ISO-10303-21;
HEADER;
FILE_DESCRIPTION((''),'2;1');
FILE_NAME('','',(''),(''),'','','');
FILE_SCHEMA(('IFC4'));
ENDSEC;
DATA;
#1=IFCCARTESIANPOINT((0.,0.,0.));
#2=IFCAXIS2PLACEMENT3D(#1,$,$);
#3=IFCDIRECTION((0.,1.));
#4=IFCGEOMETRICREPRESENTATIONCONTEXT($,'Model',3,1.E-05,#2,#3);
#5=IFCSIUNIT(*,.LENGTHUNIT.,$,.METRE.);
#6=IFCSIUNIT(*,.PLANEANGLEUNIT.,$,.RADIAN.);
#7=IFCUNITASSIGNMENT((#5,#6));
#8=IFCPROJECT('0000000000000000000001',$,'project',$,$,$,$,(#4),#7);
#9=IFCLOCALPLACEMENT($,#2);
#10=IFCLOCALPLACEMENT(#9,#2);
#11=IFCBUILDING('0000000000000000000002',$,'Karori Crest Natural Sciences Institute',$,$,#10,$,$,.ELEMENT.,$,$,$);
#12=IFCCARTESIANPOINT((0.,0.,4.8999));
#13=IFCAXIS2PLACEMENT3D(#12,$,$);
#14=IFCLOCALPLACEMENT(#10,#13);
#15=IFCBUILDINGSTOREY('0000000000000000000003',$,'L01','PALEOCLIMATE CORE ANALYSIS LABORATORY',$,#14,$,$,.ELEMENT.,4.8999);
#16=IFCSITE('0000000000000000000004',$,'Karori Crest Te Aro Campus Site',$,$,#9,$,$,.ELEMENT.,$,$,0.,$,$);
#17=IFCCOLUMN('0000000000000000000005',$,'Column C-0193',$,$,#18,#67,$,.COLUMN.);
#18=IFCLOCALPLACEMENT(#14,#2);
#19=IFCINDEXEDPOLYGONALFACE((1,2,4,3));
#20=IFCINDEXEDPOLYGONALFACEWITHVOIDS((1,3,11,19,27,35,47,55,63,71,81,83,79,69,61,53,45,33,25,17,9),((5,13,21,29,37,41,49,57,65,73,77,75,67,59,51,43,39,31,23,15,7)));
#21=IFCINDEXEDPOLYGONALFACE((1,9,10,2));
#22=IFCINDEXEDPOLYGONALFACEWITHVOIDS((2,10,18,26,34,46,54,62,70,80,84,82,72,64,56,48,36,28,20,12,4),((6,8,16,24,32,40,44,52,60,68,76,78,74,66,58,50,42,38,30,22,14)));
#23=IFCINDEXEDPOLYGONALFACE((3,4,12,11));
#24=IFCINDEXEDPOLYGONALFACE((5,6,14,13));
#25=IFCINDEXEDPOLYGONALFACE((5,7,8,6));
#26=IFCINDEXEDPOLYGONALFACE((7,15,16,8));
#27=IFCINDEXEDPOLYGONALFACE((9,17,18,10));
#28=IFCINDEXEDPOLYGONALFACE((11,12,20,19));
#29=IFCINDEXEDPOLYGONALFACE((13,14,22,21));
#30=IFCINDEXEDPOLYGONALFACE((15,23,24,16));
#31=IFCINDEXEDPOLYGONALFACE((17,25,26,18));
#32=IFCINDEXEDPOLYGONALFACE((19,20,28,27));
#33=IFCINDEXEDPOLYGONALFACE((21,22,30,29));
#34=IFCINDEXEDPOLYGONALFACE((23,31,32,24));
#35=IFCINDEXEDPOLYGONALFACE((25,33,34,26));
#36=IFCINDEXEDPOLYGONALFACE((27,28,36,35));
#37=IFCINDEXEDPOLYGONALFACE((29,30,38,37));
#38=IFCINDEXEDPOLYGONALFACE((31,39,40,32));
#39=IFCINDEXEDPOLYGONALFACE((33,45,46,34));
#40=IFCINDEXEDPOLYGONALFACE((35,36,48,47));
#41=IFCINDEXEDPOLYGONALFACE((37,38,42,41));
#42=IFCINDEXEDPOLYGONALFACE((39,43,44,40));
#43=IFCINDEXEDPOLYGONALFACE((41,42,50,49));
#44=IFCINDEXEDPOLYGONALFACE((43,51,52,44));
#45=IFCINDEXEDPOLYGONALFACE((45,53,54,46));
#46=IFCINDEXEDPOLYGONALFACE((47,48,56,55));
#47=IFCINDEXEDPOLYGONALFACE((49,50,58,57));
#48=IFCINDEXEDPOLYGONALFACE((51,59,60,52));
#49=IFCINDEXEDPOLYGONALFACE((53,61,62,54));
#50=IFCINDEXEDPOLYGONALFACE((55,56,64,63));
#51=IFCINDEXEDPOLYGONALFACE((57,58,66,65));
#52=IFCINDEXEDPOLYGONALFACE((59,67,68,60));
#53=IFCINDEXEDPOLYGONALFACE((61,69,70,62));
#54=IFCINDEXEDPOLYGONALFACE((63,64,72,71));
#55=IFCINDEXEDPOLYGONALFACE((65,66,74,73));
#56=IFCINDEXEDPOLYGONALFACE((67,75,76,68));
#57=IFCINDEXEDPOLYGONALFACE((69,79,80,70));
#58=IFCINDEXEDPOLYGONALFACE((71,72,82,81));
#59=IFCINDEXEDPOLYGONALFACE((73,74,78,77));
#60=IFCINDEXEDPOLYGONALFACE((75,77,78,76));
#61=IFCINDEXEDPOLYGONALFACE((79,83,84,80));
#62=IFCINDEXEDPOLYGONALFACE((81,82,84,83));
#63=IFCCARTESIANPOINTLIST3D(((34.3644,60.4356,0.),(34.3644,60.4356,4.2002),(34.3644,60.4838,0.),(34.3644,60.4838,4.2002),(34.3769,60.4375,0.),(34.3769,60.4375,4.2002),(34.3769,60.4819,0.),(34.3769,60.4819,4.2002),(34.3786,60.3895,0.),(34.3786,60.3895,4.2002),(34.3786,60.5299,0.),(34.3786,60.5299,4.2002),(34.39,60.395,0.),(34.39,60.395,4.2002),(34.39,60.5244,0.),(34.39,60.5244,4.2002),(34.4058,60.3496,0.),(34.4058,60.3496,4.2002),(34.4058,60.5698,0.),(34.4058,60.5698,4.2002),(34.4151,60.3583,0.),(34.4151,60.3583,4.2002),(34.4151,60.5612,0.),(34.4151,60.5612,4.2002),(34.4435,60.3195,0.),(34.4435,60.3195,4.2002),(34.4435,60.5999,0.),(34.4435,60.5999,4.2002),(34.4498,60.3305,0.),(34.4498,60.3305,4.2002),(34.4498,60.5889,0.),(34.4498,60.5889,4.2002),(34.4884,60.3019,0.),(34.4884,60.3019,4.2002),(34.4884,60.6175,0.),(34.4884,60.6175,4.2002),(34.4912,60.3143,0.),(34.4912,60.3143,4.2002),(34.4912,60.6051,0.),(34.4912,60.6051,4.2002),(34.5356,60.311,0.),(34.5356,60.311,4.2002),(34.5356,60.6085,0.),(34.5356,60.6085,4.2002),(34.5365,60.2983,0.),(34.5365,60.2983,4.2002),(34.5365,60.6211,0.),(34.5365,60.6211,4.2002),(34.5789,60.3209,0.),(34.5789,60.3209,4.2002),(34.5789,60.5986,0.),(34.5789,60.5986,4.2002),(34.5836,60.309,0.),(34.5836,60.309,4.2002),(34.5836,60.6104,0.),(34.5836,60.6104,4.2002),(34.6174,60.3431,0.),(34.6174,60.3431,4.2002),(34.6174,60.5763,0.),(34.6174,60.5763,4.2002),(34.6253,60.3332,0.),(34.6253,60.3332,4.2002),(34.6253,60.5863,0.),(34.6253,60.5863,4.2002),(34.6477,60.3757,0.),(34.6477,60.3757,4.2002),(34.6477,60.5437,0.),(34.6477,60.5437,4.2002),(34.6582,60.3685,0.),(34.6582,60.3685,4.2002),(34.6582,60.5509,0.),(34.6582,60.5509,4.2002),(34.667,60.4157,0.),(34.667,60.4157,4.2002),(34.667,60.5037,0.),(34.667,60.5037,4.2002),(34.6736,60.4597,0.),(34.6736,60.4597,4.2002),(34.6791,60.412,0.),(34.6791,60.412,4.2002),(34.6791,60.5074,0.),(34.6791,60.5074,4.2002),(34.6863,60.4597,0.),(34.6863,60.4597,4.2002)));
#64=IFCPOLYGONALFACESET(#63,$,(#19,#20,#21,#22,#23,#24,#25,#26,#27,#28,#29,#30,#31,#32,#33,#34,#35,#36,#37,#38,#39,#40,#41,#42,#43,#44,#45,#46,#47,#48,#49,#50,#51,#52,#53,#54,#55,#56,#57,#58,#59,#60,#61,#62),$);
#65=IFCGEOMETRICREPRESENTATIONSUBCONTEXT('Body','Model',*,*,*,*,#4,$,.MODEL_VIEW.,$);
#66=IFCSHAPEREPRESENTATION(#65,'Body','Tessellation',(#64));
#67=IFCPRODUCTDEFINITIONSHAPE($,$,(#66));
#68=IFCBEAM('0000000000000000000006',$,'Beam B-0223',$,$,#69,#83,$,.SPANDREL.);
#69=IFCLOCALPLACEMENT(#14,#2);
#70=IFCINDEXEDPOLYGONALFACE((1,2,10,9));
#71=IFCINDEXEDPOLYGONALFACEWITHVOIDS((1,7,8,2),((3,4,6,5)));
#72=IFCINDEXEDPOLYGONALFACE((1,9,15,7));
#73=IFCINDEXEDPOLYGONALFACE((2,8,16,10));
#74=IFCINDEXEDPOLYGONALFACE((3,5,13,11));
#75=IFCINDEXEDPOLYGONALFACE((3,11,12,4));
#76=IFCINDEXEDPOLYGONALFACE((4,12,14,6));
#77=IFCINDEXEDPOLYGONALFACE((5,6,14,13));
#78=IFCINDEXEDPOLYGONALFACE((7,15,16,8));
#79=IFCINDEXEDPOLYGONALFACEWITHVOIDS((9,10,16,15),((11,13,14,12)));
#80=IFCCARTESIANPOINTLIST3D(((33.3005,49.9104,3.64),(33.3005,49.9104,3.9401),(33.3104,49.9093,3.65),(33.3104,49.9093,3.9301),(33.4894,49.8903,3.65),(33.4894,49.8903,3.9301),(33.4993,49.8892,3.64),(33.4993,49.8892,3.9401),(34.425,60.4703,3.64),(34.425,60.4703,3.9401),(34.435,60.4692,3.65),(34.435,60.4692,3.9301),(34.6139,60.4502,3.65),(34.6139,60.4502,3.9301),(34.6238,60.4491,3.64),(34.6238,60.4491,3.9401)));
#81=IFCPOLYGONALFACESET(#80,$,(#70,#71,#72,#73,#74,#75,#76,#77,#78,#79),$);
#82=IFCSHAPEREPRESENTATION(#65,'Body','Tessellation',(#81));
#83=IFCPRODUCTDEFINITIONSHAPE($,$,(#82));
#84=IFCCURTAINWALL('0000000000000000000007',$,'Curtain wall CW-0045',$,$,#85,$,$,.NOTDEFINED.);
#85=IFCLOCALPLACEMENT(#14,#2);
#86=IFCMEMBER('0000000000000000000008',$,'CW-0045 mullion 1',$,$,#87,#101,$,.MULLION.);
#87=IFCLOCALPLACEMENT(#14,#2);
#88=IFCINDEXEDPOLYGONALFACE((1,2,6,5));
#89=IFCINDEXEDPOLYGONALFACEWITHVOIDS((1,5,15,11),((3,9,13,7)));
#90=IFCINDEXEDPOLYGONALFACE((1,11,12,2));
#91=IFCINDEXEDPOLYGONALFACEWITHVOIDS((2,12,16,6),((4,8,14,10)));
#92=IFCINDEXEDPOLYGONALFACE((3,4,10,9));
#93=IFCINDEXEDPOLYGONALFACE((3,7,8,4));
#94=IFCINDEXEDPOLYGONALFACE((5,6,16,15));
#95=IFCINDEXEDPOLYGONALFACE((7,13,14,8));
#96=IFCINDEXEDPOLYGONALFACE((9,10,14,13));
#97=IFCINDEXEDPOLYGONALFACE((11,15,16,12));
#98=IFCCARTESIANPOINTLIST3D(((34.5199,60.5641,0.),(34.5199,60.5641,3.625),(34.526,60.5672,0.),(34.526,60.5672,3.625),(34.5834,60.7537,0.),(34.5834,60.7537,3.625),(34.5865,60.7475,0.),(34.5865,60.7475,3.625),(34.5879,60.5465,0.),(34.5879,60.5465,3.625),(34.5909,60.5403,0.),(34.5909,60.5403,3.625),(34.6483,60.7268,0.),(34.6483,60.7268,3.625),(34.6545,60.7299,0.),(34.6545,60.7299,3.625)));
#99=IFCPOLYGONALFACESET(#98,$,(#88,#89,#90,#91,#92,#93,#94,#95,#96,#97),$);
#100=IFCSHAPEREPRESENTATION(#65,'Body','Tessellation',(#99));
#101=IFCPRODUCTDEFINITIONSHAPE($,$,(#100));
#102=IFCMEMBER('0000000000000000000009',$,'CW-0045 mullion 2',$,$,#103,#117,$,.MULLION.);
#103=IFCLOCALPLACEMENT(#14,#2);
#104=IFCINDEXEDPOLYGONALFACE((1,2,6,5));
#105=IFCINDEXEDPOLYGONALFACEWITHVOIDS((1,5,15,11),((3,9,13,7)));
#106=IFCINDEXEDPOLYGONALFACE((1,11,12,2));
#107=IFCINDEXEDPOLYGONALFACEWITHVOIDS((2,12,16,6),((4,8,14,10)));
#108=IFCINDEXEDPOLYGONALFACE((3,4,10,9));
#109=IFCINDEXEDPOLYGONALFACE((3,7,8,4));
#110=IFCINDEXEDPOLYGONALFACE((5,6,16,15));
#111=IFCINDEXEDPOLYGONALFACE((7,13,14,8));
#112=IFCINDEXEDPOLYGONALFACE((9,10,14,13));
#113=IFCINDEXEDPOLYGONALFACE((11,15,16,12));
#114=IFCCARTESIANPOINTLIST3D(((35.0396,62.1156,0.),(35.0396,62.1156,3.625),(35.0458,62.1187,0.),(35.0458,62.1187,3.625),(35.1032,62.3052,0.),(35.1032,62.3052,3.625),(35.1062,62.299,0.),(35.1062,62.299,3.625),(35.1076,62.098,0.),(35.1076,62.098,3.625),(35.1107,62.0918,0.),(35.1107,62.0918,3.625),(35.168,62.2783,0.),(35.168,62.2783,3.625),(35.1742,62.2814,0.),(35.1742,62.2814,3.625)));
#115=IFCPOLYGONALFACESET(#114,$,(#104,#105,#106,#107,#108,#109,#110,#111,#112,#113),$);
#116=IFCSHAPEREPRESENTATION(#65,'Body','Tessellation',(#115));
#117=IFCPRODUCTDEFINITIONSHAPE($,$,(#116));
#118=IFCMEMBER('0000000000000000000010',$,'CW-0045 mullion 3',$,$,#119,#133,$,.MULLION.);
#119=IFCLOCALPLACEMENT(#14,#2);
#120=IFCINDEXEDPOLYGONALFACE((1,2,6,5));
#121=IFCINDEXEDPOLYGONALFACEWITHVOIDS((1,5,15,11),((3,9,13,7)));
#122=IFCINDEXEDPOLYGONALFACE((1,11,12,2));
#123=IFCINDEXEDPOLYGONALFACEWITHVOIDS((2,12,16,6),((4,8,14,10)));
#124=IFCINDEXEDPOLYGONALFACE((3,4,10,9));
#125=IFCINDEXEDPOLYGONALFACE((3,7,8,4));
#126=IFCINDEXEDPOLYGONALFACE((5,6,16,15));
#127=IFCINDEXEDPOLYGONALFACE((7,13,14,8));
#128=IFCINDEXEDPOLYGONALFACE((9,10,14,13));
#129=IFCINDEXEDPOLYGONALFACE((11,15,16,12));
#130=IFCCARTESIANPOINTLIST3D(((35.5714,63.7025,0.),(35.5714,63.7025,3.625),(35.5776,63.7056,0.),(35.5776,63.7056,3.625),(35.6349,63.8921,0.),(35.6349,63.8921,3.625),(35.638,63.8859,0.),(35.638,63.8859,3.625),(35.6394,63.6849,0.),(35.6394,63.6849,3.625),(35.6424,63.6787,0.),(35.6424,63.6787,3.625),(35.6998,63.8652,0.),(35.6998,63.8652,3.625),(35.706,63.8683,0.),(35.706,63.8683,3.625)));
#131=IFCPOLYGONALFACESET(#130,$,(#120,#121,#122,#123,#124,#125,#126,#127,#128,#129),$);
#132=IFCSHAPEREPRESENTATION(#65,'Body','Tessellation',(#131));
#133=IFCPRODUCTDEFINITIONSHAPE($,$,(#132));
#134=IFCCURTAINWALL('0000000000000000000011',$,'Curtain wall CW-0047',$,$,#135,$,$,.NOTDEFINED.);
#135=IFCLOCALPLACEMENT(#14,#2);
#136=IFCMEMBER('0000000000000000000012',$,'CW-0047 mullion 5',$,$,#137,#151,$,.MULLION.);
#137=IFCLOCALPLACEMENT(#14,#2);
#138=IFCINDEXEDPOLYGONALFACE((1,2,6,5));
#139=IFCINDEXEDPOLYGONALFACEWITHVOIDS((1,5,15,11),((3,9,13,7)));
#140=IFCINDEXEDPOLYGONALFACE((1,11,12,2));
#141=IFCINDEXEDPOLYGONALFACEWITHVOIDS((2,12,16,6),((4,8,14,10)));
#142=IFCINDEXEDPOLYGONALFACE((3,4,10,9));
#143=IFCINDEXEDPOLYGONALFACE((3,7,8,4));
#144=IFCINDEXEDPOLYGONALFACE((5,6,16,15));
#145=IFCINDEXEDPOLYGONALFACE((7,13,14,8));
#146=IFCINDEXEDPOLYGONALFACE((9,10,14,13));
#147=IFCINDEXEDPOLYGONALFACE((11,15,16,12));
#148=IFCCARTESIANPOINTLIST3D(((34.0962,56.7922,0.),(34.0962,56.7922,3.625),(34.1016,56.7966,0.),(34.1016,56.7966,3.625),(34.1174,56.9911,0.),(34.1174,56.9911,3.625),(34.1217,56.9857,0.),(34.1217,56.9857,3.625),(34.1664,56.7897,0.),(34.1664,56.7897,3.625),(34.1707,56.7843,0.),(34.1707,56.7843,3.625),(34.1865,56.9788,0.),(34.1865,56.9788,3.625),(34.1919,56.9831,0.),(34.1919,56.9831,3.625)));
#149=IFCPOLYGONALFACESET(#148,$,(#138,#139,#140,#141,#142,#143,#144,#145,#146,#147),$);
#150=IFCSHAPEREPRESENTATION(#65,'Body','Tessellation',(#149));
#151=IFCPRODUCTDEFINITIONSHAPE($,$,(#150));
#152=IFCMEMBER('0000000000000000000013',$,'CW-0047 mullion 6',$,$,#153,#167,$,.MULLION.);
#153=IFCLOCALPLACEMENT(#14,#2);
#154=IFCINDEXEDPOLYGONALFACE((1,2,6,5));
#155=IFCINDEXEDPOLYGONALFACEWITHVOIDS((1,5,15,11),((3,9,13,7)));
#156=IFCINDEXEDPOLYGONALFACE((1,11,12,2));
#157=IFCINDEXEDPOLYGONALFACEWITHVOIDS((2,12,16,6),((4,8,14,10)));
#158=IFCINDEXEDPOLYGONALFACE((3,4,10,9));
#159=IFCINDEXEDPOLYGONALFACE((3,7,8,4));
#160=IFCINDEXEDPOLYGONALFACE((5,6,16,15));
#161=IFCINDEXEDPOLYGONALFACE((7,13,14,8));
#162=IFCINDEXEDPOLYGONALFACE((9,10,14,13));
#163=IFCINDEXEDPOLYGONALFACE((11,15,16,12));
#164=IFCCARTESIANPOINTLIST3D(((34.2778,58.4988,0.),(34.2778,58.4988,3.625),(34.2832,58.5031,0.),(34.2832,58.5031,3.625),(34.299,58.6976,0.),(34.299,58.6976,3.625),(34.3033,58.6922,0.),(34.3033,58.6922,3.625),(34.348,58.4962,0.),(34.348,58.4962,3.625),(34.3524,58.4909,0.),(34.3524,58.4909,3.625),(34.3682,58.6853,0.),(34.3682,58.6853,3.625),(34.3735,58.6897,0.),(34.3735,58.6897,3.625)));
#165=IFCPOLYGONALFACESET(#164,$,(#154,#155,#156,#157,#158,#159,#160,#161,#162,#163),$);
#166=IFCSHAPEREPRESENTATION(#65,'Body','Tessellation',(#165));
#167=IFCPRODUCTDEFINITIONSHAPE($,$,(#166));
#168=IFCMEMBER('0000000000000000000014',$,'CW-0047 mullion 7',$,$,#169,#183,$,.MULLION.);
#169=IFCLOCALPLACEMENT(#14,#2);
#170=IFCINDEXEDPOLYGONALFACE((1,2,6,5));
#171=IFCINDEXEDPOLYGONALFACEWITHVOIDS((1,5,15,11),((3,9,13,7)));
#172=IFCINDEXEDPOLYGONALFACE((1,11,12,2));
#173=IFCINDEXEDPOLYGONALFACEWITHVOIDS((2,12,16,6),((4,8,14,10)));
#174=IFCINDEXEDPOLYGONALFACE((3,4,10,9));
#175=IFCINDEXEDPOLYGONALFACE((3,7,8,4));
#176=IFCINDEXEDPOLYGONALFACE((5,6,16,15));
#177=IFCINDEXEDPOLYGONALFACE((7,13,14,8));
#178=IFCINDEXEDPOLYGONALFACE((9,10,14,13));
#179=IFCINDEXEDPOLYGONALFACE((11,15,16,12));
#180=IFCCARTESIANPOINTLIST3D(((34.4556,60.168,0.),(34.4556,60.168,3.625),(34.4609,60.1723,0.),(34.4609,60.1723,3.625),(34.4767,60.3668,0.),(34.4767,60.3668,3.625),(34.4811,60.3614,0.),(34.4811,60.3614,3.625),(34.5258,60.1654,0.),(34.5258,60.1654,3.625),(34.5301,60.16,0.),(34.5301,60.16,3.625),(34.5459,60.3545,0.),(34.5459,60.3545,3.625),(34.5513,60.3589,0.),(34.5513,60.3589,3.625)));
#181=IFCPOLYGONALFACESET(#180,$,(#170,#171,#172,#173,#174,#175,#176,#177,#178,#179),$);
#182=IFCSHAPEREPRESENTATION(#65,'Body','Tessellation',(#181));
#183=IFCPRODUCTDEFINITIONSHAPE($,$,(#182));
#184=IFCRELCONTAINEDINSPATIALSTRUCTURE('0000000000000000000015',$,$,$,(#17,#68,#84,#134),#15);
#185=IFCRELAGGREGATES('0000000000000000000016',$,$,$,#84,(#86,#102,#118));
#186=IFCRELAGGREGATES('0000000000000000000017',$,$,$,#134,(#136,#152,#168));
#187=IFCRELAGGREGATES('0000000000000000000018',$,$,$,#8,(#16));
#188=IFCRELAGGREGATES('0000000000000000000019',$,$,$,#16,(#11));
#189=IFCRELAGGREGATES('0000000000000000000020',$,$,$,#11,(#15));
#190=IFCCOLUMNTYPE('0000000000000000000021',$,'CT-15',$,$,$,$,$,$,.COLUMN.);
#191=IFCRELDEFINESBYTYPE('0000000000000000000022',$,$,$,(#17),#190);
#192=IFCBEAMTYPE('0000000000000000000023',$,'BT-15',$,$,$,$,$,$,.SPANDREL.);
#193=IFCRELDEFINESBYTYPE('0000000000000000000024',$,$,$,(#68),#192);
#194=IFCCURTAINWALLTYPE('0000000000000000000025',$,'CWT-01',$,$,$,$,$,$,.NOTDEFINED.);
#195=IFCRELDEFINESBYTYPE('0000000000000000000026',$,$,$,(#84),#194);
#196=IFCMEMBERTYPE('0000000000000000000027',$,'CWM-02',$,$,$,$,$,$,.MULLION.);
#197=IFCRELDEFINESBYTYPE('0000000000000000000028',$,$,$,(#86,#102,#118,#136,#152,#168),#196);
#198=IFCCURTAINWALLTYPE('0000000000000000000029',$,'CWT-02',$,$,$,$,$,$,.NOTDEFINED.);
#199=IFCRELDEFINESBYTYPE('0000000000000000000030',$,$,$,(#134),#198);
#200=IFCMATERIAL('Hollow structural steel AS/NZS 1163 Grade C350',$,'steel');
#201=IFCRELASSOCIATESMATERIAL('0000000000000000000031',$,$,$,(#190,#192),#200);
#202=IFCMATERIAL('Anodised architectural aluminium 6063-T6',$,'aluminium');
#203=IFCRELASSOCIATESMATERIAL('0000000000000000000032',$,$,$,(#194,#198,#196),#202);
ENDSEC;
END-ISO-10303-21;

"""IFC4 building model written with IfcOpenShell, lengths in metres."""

from ifc_helpers import new_model, si_unit, direction, frame, origin, origin_2d, place, context, subcontext, project, spatial, hollow_rectangle, hollow_circle, extrude, material, material_profile, profile_set, type_object, element, aggregate, save


model = new_model("IFC4")

# Units and contexts
model_context = context("Model", 3, precision=1e-05, world=origin(), true_north=direction((0.0, 1.0)))
body_context = subcontext(model_context, "Body", "Model", "MODEL_VIEW")
ifc_project = project(units=[si_unit("LENGTHUNIT", "METRE"), si_unit("PLANEANGLEUNIT", "RADIAN")], contexts=[model_context])

# Site, building, storey
site_placement = place(None, origin())
site = spatial("IfcSite", under=ifc_project, at=site_placement, Name="Karori Crest Te Aro Campus Site", CompositionType="ELEMENT", RefElevation=0.0)
building_placement = place(site_placement, origin())
building = spatial("IfcBuilding", under=site, at=building_placement, Name="Karori Crest Natural Sciences Institute", CompositionType="ELEMENT")
storey_placement = place(building_placement, frame((0.0, 0.0, 4.8999)))
storey = spatial("IfcBuildingStorey", under=building, at=storey_placement, Name="L01", Description="PALEOCLIMATE CORE ANALYSIS LABORATORY", CompositionType="ELEMENT", Elevation=4.8999)

# Column
ifc_material_1 = material(Name="Hollow structural steel AS/NZS 1163 Grade C350", Category="steel")
ifc_material_profile_1 = material_profile(ifc_material_1, hollow_circle(Radius=0.1619, WallThickness=0.0127, at=origin_2d()), Name="CHS323.9x12.7")
ifc_profile_set_1 = profile_set([ifc_material_profile_1], Name="Hollow structural steel AS/NZS 1163 Grade C350")
column_type = type_object("IfcColumnType", Name="CT-15", PredefinedType="COLUMN", material=ifc_profile_set_1)
column_placement = place(storey_placement, frame((34.5244, 60.4597, 0.0), z_axis=(0.0, 0.0, 1.0), x_axis=(1.0, 0.0, 0.0)))
element("IfcColumn", 1, at=column_placement, inside=storey, type_object=column_type, Name="Column C-0193", PredefinedType="COLUMN", context=body_context, shape_type="SweptSolid", body=[
    extrude(hollow_circle(Radius=0.1619, WallThickness=0.0127, at=origin_2d()), origin(), (0.0, 0.0, 1.0), 4.2002),
])

# Beam
ifc_material_profile_2 = material_profile(ifc_material_1, hollow_rectangle(XDim=0.2, YDim=0.3, WallThickness=0.01, at=origin_2d()), Name="RHS300x200x10")
ifc_profile_set_2 = profile_set([ifc_material_profile_2], Name="Hollow structural steel AS/NZS 1163 Grade C350")
beam_type = type_object("IfcBeamType", Name="BT-15", PredefinedType="SPANDREL", material=ifc_profile_set_2)
beam_placement = place(storey_placement, frame((34.5244, 60.4597, 3.79), z_axis=(-0.105891, -0.994378, 0.0), x_axis=(0.994378, -0.105891, 0.0)))
element("IfcBeam", 2, at=beam_placement, inside=storey, type_object=beam_type, Name="Beam B-0223", PredefinedType="SPANDREL", context=body_context, shape_type="SweptSolid", body=[
    extrude(hollow_rectangle(XDim=0.2, YDim=0.3, WallThickness=0.01, at=origin_2d()), origin(), (0.0, 0.0, 1.0), 10.6196),
])

# Curtain walls, members
ifc_material_2 = material(Name="Anodised architectural aluminium 6063-T6", Category="aluminium")
curtain_wall_type_1 = type_object("IfcCurtainWallType", Name="CWT-01", PredefinedType="NOTDEFINED", material=ifc_material_2)
curtain_wall_1_placement = place(storey_placement, origin())
curtain_wall_1 = element("IfcCurtainWall", 3, at=curtain_wall_1_placement, inside=storey, type_object=curtain_wall_type_1, Name="Curtain wall CW-0045", PredefinedType="NOTDEFINED")
ifc_material_profile_3 = material_profile(ifc_material_2, hollow_rectangle(XDim=0.075, YDim=0.2, WallThickness=0.0049, at=origin_2d()), Name="CWM200x75x5")
ifc_profile_set_3 = profile_set([ifc_material_profile_3], Name="Anodised architectural aluminium 6063-T6")
member_type_1 = type_object("IfcMemberType", Name="CWM-02", PredefinedType="MULLION", material=ifc_profile_set_3)
member_1_placement = place(storey_placement, frame((34.5872, 60.647, 0.0), z_axis=(0.0, 0.0, 1.0), x_axis=(-0.948196, 0.317685, 0.0)))
member_1 = element("IfcMember", 4, at=member_1_placement, type_object=member_type_1, Name="CW-0045 mullion 1", PredefinedType="MULLION", context=body_context, shape_type="SweptSolid", body=[
    extrude(hollow_rectangle(XDim=0.075, YDim=0.2, WallThickness=0.0049, at=origin_2d()), origin(), (0.0, 0.0, 1.0), 3.625),
])
member_2_placement = place(storey_placement, frame((35.1069, 62.1985, 0.0), z_axis=(0.0, 0.0, 1.0), x_axis=(-0.948196, 0.317685, 0.0)))
member_2 = element("IfcMember", 5, at=member_2_placement, type_object=member_type_1, Name="CW-0045 mullion 2", PredefinedType="MULLION", context=body_context, shape_type="SweptSolid", body=[
    extrude(hollow_rectangle(XDim=0.075, YDim=0.2, WallThickness=0.0049, at=origin_2d()), origin(), (0.0, 0.0, 1.0), 3.625),
])
member_3_placement = place(storey_placement, frame((35.6387, 63.7854, 0.0), z_axis=(0.0, 0.0, 1.0), x_axis=(-0.948196, 0.317685, 0.0)))
member_3 = element("IfcMember", 6, at=member_3_placement, type_object=member_type_1, Name="CW-0045 mullion 3", PredefinedType="MULLION", context=body_context, shape_type="SweptSolid", body=[
    extrude(hollow_rectangle(XDim=0.075, YDim=0.2, WallThickness=0.0049, at=origin_2d()), origin(), (0.0, 0.0, 1.0), 3.625),
])
curtain_wall_type_2 = type_object("IfcCurtainWallType", Name="CWT-02", PredefinedType="NOTDEFINED", material=ifc_material_2)
curtain_wall_2_placement = place(storey_placement, origin())
curtain_wall_2 = element("IfcCurtainWall", 7, at=curtain_wall_2_placement, inside=storey, type_object=curtain_wall_type_2, Name="Curtain wall CW-0047", PredefinedType="NOTDEFINED")
member_4_placement = place(storey_placement, frame((34.144, 56.8877, 0.0), z_axis=(0.0, 0.0, 1.0), x_axis=(-0.994378, 0.105884, 0.0)))
member_4 = element("IfcMember", 8, at=member_4_placement, type_object=member_type_1, Name="CW-0047 mullion 5", PredefinedType="MULLION", context=body_context, shape_type="SweptSolid", body=[
    extrude(hollow_rectangle(XDim=0.075, YDim=0.2, WallThickness=0.0049, at=origin_2d()), origin(), (0.0, 0.0, 1.0), 3.625),
])
member_5_placement = place(storey_placement, frame((34.3257, 58.5942, 0.0), z_axis=(0.0, 0.0, 1.0), x_axis=(-0.994378, 0.105884, 0.0)))
member_5 = element("IfcMember", 9, at=member_5_placement, type_object=member_type_1, Name="CW-0047 mullion 6", PredefinedType="MULLION", context=body_context, shape_type="SweptSolid", body=[
    extrude(hollow_rectangle(XDim=0.075, YDim=0.2, WallThickness=0.0049, at=origin_2d()), origin(), (0.0, 0.0, 1.0), 3.625),
])
member_6_placement = place(storey_placement, frame((34.5034, 60.2634, 0.0), z_axis=(0.0, 0.0, 1.0), x_axis=(-0.994378, 0.105884, 0.0)))
member_6 = element("IfcMember", 10, at=member_6_placement, type_object=member_type_1, Name="CW-0047 mullion 7", PredefinedType="MULLION", context=body_context, shape_type="SweptSolid", body=[
    extrude(hollow_rectangle(XDim=0.075, YDim=0.2, WallThickness=0.0049, at=origin_2d()), origin(), (0.0, 0.0, 1.0), 3.625),
])

aggregate(curtain_wall_1, [member_1, member_2, member_3])
aggregate(curtain_wall_2, [member_4, member_5, member_6])

save(model, "model.ifc")
